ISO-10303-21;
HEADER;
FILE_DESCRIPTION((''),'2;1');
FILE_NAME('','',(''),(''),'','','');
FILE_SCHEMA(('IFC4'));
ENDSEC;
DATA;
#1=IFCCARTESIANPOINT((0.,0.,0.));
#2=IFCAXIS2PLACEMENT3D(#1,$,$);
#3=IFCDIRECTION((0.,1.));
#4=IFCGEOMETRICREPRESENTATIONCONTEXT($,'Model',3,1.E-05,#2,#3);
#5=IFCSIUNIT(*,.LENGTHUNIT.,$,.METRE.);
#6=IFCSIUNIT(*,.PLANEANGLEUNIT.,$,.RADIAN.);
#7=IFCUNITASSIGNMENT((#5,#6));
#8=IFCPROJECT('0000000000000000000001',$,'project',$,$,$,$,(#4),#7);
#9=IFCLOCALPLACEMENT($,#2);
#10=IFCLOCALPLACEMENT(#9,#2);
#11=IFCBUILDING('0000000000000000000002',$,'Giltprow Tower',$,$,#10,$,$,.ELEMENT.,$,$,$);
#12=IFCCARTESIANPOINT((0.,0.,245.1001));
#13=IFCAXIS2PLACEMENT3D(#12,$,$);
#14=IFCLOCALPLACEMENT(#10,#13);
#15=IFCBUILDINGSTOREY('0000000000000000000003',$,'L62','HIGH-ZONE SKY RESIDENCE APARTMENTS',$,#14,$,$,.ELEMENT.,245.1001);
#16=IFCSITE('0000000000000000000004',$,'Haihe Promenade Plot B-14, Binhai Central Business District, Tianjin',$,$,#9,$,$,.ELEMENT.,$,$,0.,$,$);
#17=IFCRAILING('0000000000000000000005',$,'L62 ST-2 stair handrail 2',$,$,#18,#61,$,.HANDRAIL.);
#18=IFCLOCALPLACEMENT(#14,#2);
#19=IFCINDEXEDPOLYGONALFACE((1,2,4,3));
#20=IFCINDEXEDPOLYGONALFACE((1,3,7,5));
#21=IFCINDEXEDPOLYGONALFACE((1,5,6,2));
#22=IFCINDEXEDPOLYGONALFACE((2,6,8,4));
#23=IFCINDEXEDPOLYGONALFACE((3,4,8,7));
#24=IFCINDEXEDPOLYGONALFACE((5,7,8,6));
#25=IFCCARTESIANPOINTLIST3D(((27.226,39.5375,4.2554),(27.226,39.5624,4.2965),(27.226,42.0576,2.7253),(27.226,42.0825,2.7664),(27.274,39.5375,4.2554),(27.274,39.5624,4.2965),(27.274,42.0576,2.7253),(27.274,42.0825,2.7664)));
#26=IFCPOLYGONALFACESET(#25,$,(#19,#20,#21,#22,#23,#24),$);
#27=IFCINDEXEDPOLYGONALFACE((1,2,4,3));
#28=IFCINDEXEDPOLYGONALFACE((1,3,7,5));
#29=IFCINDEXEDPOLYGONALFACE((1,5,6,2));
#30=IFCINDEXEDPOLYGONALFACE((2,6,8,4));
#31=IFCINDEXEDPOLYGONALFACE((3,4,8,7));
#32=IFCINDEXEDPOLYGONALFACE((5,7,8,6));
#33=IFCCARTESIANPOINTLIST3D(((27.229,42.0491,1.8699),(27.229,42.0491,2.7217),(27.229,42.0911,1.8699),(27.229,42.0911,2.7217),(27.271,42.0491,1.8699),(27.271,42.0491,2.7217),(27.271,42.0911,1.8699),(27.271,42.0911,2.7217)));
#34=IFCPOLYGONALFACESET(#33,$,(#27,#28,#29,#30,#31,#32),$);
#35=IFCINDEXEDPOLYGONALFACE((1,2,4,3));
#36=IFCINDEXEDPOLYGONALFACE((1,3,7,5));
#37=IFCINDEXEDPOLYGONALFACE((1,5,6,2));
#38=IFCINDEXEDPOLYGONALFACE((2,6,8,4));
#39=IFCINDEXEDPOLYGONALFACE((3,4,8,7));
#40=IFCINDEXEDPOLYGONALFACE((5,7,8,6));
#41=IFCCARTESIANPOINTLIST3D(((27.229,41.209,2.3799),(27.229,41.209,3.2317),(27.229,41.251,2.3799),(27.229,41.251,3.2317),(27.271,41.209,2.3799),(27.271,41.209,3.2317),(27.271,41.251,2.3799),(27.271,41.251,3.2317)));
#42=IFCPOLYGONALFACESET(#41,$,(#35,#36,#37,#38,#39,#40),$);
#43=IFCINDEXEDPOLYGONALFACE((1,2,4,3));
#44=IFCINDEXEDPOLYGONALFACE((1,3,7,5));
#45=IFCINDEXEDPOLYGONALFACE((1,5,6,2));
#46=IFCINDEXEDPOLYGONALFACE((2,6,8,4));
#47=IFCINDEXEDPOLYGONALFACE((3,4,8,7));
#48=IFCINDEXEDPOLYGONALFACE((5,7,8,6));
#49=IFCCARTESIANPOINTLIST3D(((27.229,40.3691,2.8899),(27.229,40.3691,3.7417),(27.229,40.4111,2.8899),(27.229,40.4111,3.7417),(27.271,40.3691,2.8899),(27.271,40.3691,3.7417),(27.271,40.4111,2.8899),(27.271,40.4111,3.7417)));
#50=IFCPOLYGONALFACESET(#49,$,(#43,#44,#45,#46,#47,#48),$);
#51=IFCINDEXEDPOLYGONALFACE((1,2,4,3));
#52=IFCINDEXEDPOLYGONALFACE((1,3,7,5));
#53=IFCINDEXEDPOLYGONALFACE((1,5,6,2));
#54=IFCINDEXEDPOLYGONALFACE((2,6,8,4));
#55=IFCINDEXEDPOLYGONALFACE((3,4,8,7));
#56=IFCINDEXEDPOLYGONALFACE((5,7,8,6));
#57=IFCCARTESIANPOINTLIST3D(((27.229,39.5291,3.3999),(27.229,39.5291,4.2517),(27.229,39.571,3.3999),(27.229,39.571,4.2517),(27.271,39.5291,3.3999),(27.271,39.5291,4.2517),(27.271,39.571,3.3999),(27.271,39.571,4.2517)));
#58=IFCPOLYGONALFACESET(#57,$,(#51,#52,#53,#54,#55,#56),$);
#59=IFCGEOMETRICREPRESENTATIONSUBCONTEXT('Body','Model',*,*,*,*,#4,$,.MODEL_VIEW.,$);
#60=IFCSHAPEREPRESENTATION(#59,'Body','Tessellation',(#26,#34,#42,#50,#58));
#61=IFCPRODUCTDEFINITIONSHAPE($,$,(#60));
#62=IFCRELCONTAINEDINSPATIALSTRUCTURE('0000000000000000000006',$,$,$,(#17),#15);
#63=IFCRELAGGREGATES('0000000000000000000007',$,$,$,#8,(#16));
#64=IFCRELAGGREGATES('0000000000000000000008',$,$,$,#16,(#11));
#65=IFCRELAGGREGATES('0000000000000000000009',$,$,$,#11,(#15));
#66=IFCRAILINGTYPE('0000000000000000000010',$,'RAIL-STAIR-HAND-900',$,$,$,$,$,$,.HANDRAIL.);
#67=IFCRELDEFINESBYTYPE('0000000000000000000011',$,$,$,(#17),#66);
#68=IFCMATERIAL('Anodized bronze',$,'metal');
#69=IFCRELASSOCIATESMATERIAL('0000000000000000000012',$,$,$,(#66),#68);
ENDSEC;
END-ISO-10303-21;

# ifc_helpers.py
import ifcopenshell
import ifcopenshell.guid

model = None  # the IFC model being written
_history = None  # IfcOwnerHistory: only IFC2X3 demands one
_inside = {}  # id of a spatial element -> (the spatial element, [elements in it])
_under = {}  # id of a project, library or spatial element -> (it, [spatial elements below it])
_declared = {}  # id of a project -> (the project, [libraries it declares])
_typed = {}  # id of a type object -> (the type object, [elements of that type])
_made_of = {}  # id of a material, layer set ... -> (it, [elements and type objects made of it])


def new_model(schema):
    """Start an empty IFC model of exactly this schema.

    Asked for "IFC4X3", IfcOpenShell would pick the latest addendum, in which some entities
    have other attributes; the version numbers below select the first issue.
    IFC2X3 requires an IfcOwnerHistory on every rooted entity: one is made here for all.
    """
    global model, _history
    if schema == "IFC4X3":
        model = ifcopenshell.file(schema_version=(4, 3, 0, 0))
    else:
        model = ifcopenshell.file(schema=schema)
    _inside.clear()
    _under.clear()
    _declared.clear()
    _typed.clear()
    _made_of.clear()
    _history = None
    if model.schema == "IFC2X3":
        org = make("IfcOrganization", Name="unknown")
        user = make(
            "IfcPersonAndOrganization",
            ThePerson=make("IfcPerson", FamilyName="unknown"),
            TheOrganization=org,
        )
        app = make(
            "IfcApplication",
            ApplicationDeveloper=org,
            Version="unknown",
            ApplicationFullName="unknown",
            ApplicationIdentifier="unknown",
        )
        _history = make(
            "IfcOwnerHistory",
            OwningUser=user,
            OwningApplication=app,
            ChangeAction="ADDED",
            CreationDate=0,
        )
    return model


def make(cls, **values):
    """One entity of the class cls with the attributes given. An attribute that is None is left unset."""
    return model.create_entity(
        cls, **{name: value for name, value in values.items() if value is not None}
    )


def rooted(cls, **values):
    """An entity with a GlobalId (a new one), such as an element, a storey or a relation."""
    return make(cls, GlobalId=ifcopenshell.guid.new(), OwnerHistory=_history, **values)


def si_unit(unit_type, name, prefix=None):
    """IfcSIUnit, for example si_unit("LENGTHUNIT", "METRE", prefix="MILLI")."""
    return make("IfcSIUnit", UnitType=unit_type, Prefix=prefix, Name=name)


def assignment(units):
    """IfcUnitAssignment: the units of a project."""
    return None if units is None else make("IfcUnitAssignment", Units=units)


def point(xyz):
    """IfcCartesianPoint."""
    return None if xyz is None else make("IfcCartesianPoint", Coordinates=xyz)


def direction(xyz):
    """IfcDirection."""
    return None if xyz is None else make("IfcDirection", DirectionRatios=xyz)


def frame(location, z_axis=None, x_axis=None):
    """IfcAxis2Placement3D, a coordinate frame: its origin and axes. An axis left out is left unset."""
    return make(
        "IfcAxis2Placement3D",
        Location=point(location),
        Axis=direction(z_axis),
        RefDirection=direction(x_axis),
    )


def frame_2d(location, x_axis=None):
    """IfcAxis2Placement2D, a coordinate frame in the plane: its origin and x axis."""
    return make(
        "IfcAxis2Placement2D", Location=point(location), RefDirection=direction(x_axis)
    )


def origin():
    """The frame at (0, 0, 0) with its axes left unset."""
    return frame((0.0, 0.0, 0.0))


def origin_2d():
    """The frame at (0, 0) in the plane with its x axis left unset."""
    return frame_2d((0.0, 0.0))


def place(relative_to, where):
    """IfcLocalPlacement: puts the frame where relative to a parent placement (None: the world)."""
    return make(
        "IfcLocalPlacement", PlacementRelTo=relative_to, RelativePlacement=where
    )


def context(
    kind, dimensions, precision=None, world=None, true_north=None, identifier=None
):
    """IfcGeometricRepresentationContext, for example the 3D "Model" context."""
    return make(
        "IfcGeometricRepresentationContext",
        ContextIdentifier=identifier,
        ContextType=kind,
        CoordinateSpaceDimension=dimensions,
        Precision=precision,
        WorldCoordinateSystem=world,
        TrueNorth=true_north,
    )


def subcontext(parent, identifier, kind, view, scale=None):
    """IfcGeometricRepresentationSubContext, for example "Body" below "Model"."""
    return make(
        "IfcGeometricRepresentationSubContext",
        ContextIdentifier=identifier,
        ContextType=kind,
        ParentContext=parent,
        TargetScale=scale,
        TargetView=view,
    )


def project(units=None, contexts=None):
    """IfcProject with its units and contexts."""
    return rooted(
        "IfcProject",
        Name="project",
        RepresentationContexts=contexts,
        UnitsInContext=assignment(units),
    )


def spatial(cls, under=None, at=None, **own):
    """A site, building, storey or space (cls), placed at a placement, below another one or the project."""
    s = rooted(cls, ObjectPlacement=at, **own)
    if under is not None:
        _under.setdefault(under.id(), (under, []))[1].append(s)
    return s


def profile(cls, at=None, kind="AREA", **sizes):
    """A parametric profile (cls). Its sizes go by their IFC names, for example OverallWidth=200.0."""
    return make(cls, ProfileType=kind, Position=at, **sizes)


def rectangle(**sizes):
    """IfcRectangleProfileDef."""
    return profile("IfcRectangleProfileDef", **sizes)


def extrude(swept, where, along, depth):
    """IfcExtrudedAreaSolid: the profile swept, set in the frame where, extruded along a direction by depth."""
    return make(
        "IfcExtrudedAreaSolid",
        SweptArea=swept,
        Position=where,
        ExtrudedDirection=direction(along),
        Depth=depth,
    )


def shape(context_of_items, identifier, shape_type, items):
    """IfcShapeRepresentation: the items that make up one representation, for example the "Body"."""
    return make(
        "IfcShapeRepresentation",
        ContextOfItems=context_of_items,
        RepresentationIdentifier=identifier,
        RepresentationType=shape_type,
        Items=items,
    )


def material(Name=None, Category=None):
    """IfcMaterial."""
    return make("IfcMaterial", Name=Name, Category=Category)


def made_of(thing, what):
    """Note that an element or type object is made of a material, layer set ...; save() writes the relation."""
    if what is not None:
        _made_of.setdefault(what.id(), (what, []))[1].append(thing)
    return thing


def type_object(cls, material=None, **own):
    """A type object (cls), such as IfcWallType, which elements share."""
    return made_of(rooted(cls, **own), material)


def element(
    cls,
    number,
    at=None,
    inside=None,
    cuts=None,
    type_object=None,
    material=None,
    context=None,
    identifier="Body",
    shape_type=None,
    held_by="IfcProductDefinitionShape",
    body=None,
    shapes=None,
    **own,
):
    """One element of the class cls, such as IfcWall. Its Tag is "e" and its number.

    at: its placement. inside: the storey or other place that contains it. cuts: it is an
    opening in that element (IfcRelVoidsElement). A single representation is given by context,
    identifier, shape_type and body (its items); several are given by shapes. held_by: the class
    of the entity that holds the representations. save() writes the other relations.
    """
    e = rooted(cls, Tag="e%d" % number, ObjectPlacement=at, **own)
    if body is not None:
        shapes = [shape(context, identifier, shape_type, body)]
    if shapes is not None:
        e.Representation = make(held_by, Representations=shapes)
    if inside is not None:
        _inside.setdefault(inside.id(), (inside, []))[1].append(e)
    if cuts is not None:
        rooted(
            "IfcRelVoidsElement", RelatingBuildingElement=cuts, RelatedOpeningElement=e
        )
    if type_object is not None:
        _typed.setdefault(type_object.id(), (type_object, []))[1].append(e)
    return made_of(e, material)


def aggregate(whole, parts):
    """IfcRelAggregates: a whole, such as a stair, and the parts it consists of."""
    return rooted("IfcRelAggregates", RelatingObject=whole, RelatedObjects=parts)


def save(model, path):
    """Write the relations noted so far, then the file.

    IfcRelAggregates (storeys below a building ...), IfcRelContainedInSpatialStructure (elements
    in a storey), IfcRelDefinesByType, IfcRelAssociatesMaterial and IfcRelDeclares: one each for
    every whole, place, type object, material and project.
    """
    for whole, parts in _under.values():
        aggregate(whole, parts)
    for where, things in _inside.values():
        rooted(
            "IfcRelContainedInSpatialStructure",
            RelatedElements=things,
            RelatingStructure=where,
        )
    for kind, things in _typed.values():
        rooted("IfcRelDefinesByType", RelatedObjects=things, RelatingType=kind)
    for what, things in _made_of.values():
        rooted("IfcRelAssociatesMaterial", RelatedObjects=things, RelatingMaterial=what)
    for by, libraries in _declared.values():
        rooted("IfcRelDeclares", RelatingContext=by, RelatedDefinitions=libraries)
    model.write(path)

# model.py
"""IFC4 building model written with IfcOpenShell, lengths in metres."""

from ifc_helpers import new_model, si_unit, direction, frame, origin, origin_2d, place, context, subcontext, project, spatial, rectangle, extrude, material, type_object, element, save


model = new_model("IFC4")

# Units and contexts
model_context = context("Model", 3, precision=1e-05, world=origin(), true_north=direction((0.0, 1.0)))
body_context = subcontext(model_context, "Body", "Model", "MODEL_VIEW")
ifc_project = project(units=[si_unit("LENGTHUNIT", "METRE"), si_unit("PLANEANGLEUNIT", "RADIAN")], contexts=[model_context])

# Site, building, storey
site_placement = place(None, origin())
site = spatial("IfcSite", under=ifc_project, at=site_placement, Name="Haihe Promenade Plot B-14, Binhai Central Business District, Tianjin", CompositionType="ELEMENT", RefElevation=0.0)
building_placement = place(site_placement, origin())
building = spatial("IfcBuilding", under=site, at=building_placement, Name="Giltprow Tower", CompositionType="ELEMENT")
storey_placement = place(building_placement, frame((0.0, 0.0, 245.1001)))
storey = spatial("IfcBuildingStorey", under=building, at=storey_placement, Name="L62", Description="HIGH-ZONE SKY RESIDENCE APARTMENTS", CompositionType="ELEMENT", Elevation=245.1001)

# Railing
ifc_material_1 = material(Name="Anodized bronze", Category="metal")
railing_type_1 = type_object("IfcRailingType", Name="RAIL-STAIR-HAND-900", PredefinedType="HANDRAIL", material=ifc_material_1)
railing_1_placement = place(storey_placement, frame((27.25, 42.0701, 1.8699)))
element("IfcRailing", 1, at=railing_1_placement, inside=storey, type_object=railing_type_1, Name="L62 ST-2 stair handrail 2", PredefinedType="HANDRAIL", context=body_context, shape_type="SweptSolid", body=[
    extrude(rectangle(XDim=0.0481, YDim=0.0481, at=origin_2d()), frame((0.0, 0.0, 0.876), z_axis=(0.0, -0.854785, 0.518982), x_axis=(1.0, 0.0, 0.0)), (0.0, 0.0, 1.0), 2.9482),
    extrude(rectangle(XDim=0.042, YDim=0.042, at=origin_2d()), origin(), (0.0, 0.0, 1.0), 0.8518),
    extrude(rectangle(XDim=0.042, YDim=0.042, at=origin_2d()), frame((0.0, -0.8401, 0.51)), (0.0, 0.0, 1.0), 0.8518),
    extrude(rectangle(XDim=0.042, YDim=0.042, at=origin_2d()), frame((0.0, -1.6799, 1.02)), (0.0, 0.0, 1.0), 0.8518),
    extrude(rectangle(XDim=0.042, YDim=0.042, at=origin_2d()), frame((0.0, -2.52, 1.53)), (0.0, 0.0, 1.0), 0.8518),
])

save(model, "model.ifc")
